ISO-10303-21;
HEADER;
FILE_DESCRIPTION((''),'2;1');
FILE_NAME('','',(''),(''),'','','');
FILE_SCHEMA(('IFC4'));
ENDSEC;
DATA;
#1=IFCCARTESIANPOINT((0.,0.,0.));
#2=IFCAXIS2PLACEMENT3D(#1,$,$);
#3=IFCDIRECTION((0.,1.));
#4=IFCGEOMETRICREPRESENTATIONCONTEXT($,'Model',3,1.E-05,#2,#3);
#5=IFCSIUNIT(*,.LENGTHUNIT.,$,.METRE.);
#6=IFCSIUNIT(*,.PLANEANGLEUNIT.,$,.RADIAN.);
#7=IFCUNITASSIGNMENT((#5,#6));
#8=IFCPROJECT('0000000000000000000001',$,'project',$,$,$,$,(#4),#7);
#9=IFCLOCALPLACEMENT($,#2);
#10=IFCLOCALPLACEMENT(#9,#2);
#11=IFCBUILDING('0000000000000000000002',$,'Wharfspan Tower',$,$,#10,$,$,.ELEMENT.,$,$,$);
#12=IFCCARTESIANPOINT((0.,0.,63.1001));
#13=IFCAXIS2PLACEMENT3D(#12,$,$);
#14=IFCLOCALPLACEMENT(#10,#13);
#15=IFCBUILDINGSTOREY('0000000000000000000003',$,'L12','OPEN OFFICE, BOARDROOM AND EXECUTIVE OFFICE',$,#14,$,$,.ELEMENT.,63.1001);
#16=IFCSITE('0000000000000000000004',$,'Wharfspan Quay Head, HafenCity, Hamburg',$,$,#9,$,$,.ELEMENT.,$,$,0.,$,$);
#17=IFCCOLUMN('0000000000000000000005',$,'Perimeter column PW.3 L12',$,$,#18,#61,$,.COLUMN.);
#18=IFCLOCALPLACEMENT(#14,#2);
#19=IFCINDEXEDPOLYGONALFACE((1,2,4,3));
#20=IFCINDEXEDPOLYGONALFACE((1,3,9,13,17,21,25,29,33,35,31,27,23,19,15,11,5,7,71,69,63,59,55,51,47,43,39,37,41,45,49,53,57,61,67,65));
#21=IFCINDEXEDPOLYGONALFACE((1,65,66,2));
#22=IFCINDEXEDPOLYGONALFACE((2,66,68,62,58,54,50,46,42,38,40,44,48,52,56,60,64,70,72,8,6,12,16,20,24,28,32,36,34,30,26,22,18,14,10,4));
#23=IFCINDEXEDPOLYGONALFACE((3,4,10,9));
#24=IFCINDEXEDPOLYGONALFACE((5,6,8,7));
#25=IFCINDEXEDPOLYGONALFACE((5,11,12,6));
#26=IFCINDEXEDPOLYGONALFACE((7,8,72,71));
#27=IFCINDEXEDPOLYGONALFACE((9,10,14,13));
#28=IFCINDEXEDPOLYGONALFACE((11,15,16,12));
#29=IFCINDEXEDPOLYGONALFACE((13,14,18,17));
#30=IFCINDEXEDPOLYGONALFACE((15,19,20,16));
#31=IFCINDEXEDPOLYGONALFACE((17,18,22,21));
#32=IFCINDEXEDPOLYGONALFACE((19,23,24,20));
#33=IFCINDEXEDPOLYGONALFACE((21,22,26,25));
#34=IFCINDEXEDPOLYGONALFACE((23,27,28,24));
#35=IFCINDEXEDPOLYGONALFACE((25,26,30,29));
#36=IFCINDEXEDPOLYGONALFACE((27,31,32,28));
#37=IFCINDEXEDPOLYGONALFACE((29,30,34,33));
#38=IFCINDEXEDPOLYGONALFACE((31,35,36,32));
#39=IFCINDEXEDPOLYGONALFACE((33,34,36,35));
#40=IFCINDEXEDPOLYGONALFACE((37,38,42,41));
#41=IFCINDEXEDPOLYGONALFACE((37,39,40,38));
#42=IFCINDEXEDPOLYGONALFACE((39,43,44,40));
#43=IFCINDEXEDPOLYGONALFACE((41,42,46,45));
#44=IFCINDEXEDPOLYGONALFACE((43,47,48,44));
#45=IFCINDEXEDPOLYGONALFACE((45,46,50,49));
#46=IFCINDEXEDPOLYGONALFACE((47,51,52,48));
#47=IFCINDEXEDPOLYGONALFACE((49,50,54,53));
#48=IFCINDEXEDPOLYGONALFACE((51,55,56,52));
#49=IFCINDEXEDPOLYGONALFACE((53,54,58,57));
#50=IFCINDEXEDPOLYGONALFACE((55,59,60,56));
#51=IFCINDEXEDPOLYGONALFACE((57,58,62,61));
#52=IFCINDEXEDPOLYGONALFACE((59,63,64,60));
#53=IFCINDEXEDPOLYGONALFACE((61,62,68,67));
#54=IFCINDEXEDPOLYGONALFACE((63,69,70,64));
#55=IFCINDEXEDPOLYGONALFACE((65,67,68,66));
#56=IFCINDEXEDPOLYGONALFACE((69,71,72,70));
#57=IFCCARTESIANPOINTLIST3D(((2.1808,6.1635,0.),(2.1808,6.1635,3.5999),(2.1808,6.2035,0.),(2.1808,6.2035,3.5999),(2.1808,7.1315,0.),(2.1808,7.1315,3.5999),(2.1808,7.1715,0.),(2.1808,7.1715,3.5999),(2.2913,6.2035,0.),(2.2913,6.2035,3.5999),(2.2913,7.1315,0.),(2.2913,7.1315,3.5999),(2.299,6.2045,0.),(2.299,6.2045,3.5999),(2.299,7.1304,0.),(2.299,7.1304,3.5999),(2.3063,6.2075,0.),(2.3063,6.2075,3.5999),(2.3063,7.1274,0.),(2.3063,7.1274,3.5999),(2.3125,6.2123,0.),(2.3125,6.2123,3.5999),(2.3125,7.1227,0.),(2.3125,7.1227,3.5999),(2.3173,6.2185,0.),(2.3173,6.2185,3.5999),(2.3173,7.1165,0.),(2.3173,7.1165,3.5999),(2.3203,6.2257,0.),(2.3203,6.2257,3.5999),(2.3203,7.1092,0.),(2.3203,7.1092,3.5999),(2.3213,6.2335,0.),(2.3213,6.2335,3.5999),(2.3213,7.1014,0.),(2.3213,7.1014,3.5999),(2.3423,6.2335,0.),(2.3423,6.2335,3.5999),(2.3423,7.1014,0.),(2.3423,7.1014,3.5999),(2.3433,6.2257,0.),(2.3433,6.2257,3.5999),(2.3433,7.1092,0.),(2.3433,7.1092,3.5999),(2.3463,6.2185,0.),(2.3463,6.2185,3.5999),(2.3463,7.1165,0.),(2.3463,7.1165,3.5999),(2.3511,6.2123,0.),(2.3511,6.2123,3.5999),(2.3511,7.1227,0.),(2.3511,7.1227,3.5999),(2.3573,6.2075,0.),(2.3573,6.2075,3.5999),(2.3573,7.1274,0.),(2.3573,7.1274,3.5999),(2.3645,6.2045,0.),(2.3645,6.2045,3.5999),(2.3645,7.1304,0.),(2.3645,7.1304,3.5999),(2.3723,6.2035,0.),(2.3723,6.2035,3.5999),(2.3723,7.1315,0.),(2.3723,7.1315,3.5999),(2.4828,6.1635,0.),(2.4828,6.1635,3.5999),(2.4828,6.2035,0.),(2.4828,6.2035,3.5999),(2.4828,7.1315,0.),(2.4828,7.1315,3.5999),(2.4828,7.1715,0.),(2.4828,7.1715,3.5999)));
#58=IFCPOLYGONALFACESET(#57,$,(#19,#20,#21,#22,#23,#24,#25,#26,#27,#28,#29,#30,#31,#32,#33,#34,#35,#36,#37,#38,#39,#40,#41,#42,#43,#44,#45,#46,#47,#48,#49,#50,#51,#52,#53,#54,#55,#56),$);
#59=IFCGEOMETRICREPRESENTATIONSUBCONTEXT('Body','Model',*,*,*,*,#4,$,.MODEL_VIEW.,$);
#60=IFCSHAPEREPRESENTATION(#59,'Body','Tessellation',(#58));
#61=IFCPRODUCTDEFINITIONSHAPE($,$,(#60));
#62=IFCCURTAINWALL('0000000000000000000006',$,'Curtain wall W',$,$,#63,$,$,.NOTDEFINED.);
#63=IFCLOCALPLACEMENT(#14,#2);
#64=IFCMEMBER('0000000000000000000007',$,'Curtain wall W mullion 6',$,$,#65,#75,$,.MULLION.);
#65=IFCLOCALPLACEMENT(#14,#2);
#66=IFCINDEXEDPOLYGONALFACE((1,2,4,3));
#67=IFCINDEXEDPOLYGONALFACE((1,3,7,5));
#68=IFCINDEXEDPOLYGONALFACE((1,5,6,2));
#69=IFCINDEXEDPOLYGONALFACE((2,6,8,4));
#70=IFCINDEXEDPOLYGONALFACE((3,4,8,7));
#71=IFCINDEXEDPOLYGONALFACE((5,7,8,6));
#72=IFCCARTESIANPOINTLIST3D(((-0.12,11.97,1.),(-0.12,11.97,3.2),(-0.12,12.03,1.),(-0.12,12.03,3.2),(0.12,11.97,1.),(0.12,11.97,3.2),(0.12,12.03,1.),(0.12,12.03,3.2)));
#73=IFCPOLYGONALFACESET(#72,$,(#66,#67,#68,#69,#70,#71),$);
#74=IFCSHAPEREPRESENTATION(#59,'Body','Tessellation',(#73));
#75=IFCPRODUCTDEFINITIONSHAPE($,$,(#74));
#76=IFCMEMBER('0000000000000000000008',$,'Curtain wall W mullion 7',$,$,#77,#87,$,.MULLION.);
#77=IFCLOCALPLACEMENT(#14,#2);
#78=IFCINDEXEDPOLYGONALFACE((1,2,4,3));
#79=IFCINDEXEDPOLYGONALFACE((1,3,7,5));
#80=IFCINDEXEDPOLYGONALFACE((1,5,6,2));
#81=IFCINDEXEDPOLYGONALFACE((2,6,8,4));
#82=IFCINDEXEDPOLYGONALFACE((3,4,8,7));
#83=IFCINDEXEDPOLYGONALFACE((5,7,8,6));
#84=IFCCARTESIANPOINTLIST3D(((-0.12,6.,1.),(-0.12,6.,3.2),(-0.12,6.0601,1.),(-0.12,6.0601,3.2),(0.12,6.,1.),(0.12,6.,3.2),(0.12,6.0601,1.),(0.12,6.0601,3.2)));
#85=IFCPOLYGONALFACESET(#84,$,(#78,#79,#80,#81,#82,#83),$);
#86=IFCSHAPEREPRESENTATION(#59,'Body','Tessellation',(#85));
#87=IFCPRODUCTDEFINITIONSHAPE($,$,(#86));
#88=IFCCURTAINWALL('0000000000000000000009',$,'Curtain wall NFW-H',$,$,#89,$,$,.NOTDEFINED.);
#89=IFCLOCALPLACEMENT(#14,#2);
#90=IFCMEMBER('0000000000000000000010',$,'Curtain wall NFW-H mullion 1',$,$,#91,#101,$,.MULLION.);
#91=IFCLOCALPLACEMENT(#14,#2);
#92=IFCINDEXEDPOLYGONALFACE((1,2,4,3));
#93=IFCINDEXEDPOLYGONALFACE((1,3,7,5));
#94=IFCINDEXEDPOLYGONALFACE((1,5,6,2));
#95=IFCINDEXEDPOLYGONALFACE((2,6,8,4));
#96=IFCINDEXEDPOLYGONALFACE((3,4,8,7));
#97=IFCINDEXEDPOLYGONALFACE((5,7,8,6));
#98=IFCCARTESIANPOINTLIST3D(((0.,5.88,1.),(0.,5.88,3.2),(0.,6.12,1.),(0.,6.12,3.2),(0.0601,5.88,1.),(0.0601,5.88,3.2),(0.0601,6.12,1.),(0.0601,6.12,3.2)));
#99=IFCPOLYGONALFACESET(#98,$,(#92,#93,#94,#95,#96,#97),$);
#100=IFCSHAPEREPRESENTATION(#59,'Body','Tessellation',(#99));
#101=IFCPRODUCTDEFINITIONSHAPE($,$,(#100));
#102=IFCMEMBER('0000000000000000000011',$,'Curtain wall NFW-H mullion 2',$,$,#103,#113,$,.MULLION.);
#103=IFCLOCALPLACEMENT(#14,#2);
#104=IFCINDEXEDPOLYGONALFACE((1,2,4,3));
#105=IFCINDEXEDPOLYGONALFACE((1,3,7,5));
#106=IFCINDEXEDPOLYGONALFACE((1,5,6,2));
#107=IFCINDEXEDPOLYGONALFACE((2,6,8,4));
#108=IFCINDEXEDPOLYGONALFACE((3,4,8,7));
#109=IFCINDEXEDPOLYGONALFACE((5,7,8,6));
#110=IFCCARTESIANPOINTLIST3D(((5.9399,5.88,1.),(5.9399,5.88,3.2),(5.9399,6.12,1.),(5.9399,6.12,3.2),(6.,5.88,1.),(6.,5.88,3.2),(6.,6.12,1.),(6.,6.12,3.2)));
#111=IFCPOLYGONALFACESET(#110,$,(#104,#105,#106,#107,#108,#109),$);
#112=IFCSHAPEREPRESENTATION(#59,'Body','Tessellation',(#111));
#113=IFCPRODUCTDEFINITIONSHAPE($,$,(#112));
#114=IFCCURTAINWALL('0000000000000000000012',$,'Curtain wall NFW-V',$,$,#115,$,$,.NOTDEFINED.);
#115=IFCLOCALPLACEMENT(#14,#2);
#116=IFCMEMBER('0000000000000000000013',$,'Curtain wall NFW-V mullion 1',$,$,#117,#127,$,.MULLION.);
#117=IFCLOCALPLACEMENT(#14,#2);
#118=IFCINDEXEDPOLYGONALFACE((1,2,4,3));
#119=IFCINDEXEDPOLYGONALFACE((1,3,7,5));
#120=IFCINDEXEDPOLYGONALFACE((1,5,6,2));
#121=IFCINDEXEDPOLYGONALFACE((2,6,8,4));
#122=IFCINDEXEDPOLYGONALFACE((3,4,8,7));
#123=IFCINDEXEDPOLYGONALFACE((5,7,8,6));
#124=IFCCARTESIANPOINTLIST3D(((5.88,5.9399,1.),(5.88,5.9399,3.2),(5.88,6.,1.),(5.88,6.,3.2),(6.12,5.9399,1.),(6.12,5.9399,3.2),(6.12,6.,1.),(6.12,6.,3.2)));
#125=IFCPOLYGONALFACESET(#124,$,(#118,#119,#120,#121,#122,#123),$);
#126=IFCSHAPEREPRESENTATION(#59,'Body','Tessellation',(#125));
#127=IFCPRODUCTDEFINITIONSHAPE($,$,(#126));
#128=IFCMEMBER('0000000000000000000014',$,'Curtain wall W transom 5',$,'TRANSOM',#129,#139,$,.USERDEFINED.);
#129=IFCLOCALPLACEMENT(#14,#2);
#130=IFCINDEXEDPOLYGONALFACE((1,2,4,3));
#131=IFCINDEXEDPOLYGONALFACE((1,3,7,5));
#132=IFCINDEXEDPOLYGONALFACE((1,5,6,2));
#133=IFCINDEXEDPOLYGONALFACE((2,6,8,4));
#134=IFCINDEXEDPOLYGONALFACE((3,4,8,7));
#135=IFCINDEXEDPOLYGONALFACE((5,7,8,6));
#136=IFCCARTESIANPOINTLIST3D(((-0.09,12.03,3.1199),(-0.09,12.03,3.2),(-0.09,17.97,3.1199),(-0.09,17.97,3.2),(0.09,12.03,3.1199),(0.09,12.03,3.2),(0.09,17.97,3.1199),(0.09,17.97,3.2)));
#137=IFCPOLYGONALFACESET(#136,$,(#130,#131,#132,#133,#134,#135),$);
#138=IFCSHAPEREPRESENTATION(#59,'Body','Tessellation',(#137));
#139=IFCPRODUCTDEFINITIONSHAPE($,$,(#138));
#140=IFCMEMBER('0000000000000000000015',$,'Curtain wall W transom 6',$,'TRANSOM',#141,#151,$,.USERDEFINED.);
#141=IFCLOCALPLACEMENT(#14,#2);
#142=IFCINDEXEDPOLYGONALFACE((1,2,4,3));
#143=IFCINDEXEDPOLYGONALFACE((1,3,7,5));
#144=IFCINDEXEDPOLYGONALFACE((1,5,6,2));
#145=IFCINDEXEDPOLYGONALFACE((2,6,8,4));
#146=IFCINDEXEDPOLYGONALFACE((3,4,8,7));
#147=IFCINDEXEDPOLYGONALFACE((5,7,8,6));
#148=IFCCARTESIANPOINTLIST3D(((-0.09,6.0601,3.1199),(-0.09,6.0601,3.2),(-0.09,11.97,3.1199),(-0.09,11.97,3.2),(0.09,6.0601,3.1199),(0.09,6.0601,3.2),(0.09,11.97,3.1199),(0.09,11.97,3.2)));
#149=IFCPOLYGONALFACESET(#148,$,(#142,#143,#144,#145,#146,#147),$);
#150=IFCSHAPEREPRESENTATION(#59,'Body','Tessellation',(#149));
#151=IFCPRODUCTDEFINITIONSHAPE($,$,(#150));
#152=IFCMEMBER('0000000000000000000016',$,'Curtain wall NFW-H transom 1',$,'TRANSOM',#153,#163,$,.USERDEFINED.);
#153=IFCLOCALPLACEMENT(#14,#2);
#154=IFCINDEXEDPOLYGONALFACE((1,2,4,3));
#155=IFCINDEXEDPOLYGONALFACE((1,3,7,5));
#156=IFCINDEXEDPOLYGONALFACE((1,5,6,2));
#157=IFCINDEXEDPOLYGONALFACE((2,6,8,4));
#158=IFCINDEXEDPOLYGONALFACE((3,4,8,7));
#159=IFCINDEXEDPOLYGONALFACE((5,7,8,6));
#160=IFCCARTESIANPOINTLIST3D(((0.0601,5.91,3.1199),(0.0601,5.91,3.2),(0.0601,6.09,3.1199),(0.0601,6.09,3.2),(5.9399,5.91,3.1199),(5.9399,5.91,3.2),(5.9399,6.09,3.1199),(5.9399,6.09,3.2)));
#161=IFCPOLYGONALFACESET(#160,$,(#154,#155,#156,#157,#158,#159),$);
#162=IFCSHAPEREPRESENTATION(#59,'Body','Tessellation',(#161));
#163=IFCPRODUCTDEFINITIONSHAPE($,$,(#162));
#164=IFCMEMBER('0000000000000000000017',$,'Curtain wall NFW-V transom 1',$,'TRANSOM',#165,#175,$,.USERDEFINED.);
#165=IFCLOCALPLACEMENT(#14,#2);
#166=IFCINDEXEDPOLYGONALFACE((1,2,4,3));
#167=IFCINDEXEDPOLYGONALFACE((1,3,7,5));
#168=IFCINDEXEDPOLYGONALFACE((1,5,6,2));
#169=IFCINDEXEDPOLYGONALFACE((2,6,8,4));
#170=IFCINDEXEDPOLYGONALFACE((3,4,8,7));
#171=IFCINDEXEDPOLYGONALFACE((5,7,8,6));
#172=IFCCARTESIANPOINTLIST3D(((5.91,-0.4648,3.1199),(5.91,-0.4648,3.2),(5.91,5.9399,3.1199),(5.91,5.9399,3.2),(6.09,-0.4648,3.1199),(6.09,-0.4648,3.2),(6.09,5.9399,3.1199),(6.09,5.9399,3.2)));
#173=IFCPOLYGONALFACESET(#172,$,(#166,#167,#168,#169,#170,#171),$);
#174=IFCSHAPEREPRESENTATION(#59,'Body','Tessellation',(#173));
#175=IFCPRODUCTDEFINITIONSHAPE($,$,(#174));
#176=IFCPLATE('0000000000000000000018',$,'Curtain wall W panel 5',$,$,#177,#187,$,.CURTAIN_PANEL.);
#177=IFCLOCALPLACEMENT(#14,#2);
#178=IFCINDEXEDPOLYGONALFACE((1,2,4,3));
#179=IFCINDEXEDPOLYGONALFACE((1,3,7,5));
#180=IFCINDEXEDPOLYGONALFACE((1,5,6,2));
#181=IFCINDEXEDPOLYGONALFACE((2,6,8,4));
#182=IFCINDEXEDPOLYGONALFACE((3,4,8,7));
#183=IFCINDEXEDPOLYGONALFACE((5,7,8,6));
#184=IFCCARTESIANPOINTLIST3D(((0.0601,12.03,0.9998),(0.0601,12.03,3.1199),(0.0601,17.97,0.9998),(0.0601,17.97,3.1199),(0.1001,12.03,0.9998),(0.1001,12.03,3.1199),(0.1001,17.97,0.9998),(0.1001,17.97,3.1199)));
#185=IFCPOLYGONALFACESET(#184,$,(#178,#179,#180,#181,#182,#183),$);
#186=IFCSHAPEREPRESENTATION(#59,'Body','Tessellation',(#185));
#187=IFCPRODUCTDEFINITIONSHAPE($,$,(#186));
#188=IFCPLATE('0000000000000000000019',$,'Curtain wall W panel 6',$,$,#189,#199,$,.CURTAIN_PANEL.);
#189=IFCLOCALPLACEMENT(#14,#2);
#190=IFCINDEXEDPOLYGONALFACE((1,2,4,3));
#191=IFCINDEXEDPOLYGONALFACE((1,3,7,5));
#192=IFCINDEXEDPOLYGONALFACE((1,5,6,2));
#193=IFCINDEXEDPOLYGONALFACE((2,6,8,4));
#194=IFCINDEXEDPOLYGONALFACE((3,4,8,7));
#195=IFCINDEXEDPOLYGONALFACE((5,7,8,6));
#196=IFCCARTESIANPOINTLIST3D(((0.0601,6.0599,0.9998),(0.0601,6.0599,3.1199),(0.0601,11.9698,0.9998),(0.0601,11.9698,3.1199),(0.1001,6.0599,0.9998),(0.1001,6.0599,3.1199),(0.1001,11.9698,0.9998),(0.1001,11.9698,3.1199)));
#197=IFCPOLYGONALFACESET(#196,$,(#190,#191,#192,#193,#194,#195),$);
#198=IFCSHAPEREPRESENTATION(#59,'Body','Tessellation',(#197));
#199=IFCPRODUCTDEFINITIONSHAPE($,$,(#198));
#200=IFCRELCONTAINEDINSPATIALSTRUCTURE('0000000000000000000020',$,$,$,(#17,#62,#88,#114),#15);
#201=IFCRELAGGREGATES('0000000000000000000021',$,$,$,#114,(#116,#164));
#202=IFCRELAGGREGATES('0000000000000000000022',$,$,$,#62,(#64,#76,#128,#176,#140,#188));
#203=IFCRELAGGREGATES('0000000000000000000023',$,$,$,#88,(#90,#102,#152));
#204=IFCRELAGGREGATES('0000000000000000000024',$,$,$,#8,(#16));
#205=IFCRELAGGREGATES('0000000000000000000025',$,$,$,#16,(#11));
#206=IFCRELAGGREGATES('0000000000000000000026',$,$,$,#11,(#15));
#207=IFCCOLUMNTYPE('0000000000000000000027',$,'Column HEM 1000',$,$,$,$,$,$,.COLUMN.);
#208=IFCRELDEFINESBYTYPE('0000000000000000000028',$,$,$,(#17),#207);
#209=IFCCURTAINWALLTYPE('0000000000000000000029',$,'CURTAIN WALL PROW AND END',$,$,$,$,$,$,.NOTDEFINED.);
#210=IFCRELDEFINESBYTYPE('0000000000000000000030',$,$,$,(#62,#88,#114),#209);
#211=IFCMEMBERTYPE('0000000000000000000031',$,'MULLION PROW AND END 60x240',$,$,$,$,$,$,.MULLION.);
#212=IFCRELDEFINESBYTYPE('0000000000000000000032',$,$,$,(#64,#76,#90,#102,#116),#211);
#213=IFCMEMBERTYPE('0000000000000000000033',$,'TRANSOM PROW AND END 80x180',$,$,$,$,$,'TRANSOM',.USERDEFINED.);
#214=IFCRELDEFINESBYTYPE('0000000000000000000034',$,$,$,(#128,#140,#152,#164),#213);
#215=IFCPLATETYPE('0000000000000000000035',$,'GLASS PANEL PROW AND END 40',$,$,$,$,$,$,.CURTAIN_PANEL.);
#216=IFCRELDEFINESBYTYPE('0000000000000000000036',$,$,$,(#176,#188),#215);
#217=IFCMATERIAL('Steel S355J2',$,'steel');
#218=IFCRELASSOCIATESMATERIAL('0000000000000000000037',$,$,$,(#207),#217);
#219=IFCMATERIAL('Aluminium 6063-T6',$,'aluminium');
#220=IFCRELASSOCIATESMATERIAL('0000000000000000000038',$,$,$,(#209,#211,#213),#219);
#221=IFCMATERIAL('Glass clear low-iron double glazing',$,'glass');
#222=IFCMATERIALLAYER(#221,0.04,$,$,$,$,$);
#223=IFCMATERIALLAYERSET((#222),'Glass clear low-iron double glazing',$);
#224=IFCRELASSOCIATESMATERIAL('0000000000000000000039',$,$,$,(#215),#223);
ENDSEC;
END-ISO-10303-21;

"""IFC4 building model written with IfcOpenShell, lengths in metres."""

from ifc_helpers import new_model, si_unit, direction, frame, origin, origin_2d, place, context, subcontext, project, spatial, rectangle, i_section, extrude, material, layer, layer_set, material_profile, profile_set, type_object, element, aggregate, save


model = new_model("IFC4")

# Units and contexts
model_context = context("Model", 3, precision=1e-05, world=origin(), true_north=direction((0.0, 1.0)))
body_context = subcontext(model_context, "Body", "Model", "MODEL_VIEW")
ifc_project = project(units=[si_unit("LENGTHUNIT", "METRE"), si_unit("PLANEANGLEUNIT", "RADIAN")], contexts=[model_context])

# Site, building, storey
site_placement = place(None, origin())
site = spatial("IfcSite", under=ifc_project, at=site_placement, Name="Wharfspan Quay Head, HafenCity, Hamburg", CompositionType="ELEMENT", RefElevation=0.0)
building_placement = place(site_placement, origin())
building = spatial("IfcBuilding", under=site, at=building_placement, Name="Wharfspan Tower", CompositionType="ELEMENT")
storey_placement = place(building_placement, frame((0.0, 0.0, 63.1001)))
storey = spatial("IfcBuildingStorey", under=building, at=storey_placement, Name="L12", Description="OPEN OFFICE, BOARDROOM AND EXECUTIVE OFFICE", CompositionType="ELEMENT", Elevation=63.1001)

# Column
ifc_material_1 = material(Name="Steel S355J2", Category="steel")
ifc_material_profile_1 = material_profile(ifc_material_1, i_section(OverallWidth=0.302, OverallDepth=1.0081, WebThickness=0.021, FlangeThickness=0.04, FilletRadius=0.03, at=origin_2d()))
ifc_profile_set_1 = profile_set([ifc_material_profile_1], Name="Steel S355J2")
column_type = type_object("IfcColumnType", Name="Column HEM 1000", PredefinedType="COLUMN", material=ifc_profile_set_1)
column_placement = place(storey_placement, frame((2.3318, 6.6675, 0.0), z_axis=(0.0, 0.0, 1.0), x_axis=(-1.0, 0.0, 0.0)))
element("IfcColumn", 1, at=column_placement, inside=storey, type_object=column_type, Name="Perimeter column PW.3 L12", PredefinedType="COLUMN", context=body_context, shape_type="SweptSolid", body=[
    extrude(i_section(OverallWidth=0.302, OverallDepth=1.0081, WebThickness=0.021, FlangeThickness=0.04, FilletRadius=0.03, at=origin_2d()), origin(), (0.0, 0.0, 1.0), 3.5999),
])

# Curtain walls, members
ifc_material_2 = material(Name="Aluminium 6063-T6", Category="aluminium")
curtain_wall_type = type_object("IfcCurtainWallType", Name="CURTAIN WALL PROW AND END", PredefinedType="NOTDEFINED", material=ifc_material_2)
curtain_wall_1_placement = place(storey_placement, origin())
curtain_wall_1 = element("IfcCurtainWall", 2, at=curtain_wall_1_placement, inside=storey, type_object=curtain_wall_type, Name="Curtain wall W", PredefinedType="NOTDEFINED")
ifc_material_profile_2 = material_profile(ifc_material_2, rectangle(XDim=0.24, YDim=0.0601, at=origin_2d()))
ifc_profile_set_2 = profile_set([ifc_material_profile_2], Name="Aluminium 6063-T6")
member_type_1 = type_object("IfcMemberType", Name="MULLION PROW AND END 60x240", PredefinedType="MULLION", material=ifc_profile_set_2)
member_1_placement = place(storey_placement, frame((0.0, 12.0, 1.0), z_axis=(0.0, 0.0, 1.0), x_axis=(1.0, 0.0, 0.0)))
member_1 = element("IfcMember", 3, at=member_1_placement, type_object=member_type_1, Name="Curtain wall W mullion 6", PredefinedType="MULLION", context=body_context, shape_type="SweptSolid", body=[
    extrude(rectangle(XDim=0.24, YDim=0.0601, at=origin_2d()), origin(), (0.0, 0.0, 1.0), 2.2),
])
member_2_placement = place(storey_placement, frame((0.0, 6.03, 1.0), z_axis=(0.0, 0.0, 1.0), x_axis=(1.0, 0.0, 0.0)))
member_2 = element("IfcMember", 4, at=member_2_placement, type_object=member_type_1, Name="Curtain wall W mullion 7", PredefinedType="MULLION", context=body_context, shape_type="SweptSolid", body=[
    extrude(rectangle(XDim=0.24, YDim=0.0601, at=origin_2d()), origin(), (0.0, 0.0, 1.0), 2.2),
])
curtain_wall_2_placement = place(storey_placement, origin())
curtain_wall_2 = element("IfcCurtainWall", 5, at=curtain_wall_2_placement, inside=storey, type_object=curtain_wall_type, Name="Curtain wall NFW-H", PredefinedType="NOTDEFINED")
member_3_placement = place(storey_placement, frame((0.03, 6.0, 1.0), z_axis=(0.0, 0.0, 1.0), x_axis=(0.0, 1.0, 0.0)))
member_3 = element("IfcMember", 6, at=member_3_placement, type_object=member_type_1, Name="Curtain wall NFW-H mullion 1", PredefinedType="MULLION", context=body_context, shape_type="SweptSolid", body=[
    extrude(rectangle(XDim=0.24, YDim=0.0601, at=origin_2d()), origin(), (0.0, 0.0, 1.0), 2.2),
])
member_4_placement = place(storey_placement, frame((5.97, 6.0, 1.0), z_axis=(0.0, 0.0, 1.0), x_axis=(0.0, 1.0, 0.0)))
member_4 = element("IfcMember", 7, at=member_4_placement, type_object=member_type_1, Name="Curtain wall NFW-H mullion 2", PredefinedType="MULLION", context=body_context, shape_type="SweptSolid", body=[
    extrude(rectangle(XDim=0.24, YDim=0.0601, at=origin_2d()), origin(), (0.0, 0.0, 1.0), 2.2),
])

# Curtain wall, member
curtain_wall_3_placement = place(storey_placement, origin())
curtain_wall_3 = element("IfcCurtainWall", 8, at=curtain_wall_3_placement, inside=storey, type_object=curtain_wall_type, Name="Curtain wall NFW-V", PredefinedType="NOTDEFINED")
member_5_placement = place(storey_placement, frame((6.0, 5.97, 1.0), z_axis=(0.0, 0.0, 1.0), x_axis=(1.0, 0.0, 0.0)))
member_5 = element("IfcMember", 9, at=member_5_placement, type_object=member_type_1, Name="Curtain wall NFW-V mullion 1", PredefinedType="MULLION", context=body_context, shape_type="SweptSolid", body=[
    extrude(rectangle(XDim=0.24, YDim=0.0601, at=origin_2d()), origin(), (0.0, 0.0, 1.0), 2.2),
])

# Members
ifc_material_profile_3 = material_profile(ifc_material_2, rectangle(XDim=0.1799, YDim=0.0801, at=origin_2d()))
ifc_profile_set_3 = profile_set([ifc_material_profile_3], Name="Aluminium 6063-T6")
member_type_2 = type_object("IfcMemberType", Name="TRANSOM PROW AND END 80x180", ElementType="TRANSOM", PredefinedType="USERDEFINED", material=ifc_profile_set_3)
member_6_placement = place(storey_placement, frame((0.0, 17.97, 3.1599), z_axis=(0.0, -1.0, 0.0), x_axis=(1.0, 0.0, 0.0)))
member_6 = element("IfcMember", 10, at=member_6_placement, type_object=member_type_2, Name="Curtain wall W transom 5", ObjectType="TRANSOM", PredefinedType="USERDEFINED", context=body_context, shape_type="SweptSolid", body=[
    extrude(rectangle(XDim=0.1799, YDim=0.0801, at=origin_2d()), origin(), (0.0, 0.0, 1.0), 5.9399),
])
member_7_placement = place(storey_placement, frame((0.0, 11.97, 3.1599), z_axis=(0.0, -1.0, 0.0), x_axis=(1.0, 0.0, 0.0)))
member_7 = element("IfcMember", 11, at=member_7_placement, type_object=member_type_2, Name="Curtain wall W transom 6", ObjectType="TRANSOM", PredefinedType="USERDEFINED", context=body_context, shape_type="SweptSolid", body=[
    extrude(rectangle(XDim=0.1799, YDim=0.0801, at=origin_2d()), origin(), (0.0, 0.0, 1.0), 5.9099),
])
member_8_placement = place(storey_placement, frame((0.0601, 6.0, 3.1599), z_axis=(1.0, 0.0, 0.0), x_axis=(0.0, 1.0, 0.0)))
member_8 = element("IfcMember", 12, at=member_8_placement, type_object=member_type_2, Name="Curtain wall NFW-H transom 1", ObjectType="TRANSOM", PredefinedType="USERDEFINED", context=body_context, shape_type="SweptSolid", body=[
    extrude(rectangle(XDim=0.1799, YDim=0.0801, at=origin_2d()), origin(), (0.0, 0.0, 1.0), 5.8799),
])
member_9_placement = place(storey_placement, frame((6.0, 5.9399, 3.1599), z_axis=(0.0, -1.0, 0.0), x_axis=(1.0, 0.0, 0.0)))
member_9 = element("IfcMember", 13, at=member_9_placement, type_object=member_type_2, Name="Curtain wall NFW-V transom 1", ObjectType="TRANSOM", PredefinedType="USERDEFINED", context=body_context, shape_type="SweptSolid", body=[
    extrude(rectangle(XDim=0.1799, YDim=0.0801, at=origin_2d()), origin(), (0.0, 0.0, 1.0), 6.4048),
])
aggregate(curtain_wall_3, [member_5, member_9])

# Plates
ifc_material_3 = material(Name="Glass clear low-iron double glazing", Category="glass")
ifc_layer_1 = layer(ifc_material_3, 0.04)
ifc_layer_set_1 = layer_set([ifc_layer_1], Name="Glass clear low-iron double glazing")
plate_type = type_object("IfcPlateType", Name="GLASS PANEL PROW AND END 40", PredefinedType="CURTAIN_PANEL", material=ifc_layer_set_1)
plate_1_placement = place(storey_placement, frame((0.0801, 15.0, 0.9998), z_axis=(0.0, 0.0, 1.0), x_axis=(0.0, -1.0, 0.0)))
plate_1 = element("IfcPlate", 14, at=plate_1_placement, type_object=plate_type, Name="Curtain wall W panel 5", PredefinedType="CURTAIN_PANEL", context=body_context, shape_type="SweptSolid", body=[
    extrude(rectangle(XDim=5.9399, YDim=0.04, at=origin_2d()), origin(), (0.0, 0.0, 1.0), 2.1201),
])
plate_2_placement = place(storey_placement, frame((0.0801, 9.0149, 0.9998), z_axis=(0.0, 0.0, 1.0), x_axis=(0.0, -1.0, 0.0)))
plate_2 = element("IfcPlate", 15, at=plate_2_placement, type_object=plate_type, Name="Curtain wall W panel 6", PredefinedType="CURTAIN_PANEL", context=body_context, shape_type="SweptSolid", body=[
    extrude(rectangle(XDim=5.9099, YDim=0.04, at=origin_2d()), origin(), (0.0, 0.0, 1.0), 2.1201),
])
aggregate(curtain_wall_1, [member_1, member_2, member_6, plate_1, member_7, plate_2])
aggregate(curtain_wall_2, [member_3, member_4, member_8])

save(model, "model.ifc")
